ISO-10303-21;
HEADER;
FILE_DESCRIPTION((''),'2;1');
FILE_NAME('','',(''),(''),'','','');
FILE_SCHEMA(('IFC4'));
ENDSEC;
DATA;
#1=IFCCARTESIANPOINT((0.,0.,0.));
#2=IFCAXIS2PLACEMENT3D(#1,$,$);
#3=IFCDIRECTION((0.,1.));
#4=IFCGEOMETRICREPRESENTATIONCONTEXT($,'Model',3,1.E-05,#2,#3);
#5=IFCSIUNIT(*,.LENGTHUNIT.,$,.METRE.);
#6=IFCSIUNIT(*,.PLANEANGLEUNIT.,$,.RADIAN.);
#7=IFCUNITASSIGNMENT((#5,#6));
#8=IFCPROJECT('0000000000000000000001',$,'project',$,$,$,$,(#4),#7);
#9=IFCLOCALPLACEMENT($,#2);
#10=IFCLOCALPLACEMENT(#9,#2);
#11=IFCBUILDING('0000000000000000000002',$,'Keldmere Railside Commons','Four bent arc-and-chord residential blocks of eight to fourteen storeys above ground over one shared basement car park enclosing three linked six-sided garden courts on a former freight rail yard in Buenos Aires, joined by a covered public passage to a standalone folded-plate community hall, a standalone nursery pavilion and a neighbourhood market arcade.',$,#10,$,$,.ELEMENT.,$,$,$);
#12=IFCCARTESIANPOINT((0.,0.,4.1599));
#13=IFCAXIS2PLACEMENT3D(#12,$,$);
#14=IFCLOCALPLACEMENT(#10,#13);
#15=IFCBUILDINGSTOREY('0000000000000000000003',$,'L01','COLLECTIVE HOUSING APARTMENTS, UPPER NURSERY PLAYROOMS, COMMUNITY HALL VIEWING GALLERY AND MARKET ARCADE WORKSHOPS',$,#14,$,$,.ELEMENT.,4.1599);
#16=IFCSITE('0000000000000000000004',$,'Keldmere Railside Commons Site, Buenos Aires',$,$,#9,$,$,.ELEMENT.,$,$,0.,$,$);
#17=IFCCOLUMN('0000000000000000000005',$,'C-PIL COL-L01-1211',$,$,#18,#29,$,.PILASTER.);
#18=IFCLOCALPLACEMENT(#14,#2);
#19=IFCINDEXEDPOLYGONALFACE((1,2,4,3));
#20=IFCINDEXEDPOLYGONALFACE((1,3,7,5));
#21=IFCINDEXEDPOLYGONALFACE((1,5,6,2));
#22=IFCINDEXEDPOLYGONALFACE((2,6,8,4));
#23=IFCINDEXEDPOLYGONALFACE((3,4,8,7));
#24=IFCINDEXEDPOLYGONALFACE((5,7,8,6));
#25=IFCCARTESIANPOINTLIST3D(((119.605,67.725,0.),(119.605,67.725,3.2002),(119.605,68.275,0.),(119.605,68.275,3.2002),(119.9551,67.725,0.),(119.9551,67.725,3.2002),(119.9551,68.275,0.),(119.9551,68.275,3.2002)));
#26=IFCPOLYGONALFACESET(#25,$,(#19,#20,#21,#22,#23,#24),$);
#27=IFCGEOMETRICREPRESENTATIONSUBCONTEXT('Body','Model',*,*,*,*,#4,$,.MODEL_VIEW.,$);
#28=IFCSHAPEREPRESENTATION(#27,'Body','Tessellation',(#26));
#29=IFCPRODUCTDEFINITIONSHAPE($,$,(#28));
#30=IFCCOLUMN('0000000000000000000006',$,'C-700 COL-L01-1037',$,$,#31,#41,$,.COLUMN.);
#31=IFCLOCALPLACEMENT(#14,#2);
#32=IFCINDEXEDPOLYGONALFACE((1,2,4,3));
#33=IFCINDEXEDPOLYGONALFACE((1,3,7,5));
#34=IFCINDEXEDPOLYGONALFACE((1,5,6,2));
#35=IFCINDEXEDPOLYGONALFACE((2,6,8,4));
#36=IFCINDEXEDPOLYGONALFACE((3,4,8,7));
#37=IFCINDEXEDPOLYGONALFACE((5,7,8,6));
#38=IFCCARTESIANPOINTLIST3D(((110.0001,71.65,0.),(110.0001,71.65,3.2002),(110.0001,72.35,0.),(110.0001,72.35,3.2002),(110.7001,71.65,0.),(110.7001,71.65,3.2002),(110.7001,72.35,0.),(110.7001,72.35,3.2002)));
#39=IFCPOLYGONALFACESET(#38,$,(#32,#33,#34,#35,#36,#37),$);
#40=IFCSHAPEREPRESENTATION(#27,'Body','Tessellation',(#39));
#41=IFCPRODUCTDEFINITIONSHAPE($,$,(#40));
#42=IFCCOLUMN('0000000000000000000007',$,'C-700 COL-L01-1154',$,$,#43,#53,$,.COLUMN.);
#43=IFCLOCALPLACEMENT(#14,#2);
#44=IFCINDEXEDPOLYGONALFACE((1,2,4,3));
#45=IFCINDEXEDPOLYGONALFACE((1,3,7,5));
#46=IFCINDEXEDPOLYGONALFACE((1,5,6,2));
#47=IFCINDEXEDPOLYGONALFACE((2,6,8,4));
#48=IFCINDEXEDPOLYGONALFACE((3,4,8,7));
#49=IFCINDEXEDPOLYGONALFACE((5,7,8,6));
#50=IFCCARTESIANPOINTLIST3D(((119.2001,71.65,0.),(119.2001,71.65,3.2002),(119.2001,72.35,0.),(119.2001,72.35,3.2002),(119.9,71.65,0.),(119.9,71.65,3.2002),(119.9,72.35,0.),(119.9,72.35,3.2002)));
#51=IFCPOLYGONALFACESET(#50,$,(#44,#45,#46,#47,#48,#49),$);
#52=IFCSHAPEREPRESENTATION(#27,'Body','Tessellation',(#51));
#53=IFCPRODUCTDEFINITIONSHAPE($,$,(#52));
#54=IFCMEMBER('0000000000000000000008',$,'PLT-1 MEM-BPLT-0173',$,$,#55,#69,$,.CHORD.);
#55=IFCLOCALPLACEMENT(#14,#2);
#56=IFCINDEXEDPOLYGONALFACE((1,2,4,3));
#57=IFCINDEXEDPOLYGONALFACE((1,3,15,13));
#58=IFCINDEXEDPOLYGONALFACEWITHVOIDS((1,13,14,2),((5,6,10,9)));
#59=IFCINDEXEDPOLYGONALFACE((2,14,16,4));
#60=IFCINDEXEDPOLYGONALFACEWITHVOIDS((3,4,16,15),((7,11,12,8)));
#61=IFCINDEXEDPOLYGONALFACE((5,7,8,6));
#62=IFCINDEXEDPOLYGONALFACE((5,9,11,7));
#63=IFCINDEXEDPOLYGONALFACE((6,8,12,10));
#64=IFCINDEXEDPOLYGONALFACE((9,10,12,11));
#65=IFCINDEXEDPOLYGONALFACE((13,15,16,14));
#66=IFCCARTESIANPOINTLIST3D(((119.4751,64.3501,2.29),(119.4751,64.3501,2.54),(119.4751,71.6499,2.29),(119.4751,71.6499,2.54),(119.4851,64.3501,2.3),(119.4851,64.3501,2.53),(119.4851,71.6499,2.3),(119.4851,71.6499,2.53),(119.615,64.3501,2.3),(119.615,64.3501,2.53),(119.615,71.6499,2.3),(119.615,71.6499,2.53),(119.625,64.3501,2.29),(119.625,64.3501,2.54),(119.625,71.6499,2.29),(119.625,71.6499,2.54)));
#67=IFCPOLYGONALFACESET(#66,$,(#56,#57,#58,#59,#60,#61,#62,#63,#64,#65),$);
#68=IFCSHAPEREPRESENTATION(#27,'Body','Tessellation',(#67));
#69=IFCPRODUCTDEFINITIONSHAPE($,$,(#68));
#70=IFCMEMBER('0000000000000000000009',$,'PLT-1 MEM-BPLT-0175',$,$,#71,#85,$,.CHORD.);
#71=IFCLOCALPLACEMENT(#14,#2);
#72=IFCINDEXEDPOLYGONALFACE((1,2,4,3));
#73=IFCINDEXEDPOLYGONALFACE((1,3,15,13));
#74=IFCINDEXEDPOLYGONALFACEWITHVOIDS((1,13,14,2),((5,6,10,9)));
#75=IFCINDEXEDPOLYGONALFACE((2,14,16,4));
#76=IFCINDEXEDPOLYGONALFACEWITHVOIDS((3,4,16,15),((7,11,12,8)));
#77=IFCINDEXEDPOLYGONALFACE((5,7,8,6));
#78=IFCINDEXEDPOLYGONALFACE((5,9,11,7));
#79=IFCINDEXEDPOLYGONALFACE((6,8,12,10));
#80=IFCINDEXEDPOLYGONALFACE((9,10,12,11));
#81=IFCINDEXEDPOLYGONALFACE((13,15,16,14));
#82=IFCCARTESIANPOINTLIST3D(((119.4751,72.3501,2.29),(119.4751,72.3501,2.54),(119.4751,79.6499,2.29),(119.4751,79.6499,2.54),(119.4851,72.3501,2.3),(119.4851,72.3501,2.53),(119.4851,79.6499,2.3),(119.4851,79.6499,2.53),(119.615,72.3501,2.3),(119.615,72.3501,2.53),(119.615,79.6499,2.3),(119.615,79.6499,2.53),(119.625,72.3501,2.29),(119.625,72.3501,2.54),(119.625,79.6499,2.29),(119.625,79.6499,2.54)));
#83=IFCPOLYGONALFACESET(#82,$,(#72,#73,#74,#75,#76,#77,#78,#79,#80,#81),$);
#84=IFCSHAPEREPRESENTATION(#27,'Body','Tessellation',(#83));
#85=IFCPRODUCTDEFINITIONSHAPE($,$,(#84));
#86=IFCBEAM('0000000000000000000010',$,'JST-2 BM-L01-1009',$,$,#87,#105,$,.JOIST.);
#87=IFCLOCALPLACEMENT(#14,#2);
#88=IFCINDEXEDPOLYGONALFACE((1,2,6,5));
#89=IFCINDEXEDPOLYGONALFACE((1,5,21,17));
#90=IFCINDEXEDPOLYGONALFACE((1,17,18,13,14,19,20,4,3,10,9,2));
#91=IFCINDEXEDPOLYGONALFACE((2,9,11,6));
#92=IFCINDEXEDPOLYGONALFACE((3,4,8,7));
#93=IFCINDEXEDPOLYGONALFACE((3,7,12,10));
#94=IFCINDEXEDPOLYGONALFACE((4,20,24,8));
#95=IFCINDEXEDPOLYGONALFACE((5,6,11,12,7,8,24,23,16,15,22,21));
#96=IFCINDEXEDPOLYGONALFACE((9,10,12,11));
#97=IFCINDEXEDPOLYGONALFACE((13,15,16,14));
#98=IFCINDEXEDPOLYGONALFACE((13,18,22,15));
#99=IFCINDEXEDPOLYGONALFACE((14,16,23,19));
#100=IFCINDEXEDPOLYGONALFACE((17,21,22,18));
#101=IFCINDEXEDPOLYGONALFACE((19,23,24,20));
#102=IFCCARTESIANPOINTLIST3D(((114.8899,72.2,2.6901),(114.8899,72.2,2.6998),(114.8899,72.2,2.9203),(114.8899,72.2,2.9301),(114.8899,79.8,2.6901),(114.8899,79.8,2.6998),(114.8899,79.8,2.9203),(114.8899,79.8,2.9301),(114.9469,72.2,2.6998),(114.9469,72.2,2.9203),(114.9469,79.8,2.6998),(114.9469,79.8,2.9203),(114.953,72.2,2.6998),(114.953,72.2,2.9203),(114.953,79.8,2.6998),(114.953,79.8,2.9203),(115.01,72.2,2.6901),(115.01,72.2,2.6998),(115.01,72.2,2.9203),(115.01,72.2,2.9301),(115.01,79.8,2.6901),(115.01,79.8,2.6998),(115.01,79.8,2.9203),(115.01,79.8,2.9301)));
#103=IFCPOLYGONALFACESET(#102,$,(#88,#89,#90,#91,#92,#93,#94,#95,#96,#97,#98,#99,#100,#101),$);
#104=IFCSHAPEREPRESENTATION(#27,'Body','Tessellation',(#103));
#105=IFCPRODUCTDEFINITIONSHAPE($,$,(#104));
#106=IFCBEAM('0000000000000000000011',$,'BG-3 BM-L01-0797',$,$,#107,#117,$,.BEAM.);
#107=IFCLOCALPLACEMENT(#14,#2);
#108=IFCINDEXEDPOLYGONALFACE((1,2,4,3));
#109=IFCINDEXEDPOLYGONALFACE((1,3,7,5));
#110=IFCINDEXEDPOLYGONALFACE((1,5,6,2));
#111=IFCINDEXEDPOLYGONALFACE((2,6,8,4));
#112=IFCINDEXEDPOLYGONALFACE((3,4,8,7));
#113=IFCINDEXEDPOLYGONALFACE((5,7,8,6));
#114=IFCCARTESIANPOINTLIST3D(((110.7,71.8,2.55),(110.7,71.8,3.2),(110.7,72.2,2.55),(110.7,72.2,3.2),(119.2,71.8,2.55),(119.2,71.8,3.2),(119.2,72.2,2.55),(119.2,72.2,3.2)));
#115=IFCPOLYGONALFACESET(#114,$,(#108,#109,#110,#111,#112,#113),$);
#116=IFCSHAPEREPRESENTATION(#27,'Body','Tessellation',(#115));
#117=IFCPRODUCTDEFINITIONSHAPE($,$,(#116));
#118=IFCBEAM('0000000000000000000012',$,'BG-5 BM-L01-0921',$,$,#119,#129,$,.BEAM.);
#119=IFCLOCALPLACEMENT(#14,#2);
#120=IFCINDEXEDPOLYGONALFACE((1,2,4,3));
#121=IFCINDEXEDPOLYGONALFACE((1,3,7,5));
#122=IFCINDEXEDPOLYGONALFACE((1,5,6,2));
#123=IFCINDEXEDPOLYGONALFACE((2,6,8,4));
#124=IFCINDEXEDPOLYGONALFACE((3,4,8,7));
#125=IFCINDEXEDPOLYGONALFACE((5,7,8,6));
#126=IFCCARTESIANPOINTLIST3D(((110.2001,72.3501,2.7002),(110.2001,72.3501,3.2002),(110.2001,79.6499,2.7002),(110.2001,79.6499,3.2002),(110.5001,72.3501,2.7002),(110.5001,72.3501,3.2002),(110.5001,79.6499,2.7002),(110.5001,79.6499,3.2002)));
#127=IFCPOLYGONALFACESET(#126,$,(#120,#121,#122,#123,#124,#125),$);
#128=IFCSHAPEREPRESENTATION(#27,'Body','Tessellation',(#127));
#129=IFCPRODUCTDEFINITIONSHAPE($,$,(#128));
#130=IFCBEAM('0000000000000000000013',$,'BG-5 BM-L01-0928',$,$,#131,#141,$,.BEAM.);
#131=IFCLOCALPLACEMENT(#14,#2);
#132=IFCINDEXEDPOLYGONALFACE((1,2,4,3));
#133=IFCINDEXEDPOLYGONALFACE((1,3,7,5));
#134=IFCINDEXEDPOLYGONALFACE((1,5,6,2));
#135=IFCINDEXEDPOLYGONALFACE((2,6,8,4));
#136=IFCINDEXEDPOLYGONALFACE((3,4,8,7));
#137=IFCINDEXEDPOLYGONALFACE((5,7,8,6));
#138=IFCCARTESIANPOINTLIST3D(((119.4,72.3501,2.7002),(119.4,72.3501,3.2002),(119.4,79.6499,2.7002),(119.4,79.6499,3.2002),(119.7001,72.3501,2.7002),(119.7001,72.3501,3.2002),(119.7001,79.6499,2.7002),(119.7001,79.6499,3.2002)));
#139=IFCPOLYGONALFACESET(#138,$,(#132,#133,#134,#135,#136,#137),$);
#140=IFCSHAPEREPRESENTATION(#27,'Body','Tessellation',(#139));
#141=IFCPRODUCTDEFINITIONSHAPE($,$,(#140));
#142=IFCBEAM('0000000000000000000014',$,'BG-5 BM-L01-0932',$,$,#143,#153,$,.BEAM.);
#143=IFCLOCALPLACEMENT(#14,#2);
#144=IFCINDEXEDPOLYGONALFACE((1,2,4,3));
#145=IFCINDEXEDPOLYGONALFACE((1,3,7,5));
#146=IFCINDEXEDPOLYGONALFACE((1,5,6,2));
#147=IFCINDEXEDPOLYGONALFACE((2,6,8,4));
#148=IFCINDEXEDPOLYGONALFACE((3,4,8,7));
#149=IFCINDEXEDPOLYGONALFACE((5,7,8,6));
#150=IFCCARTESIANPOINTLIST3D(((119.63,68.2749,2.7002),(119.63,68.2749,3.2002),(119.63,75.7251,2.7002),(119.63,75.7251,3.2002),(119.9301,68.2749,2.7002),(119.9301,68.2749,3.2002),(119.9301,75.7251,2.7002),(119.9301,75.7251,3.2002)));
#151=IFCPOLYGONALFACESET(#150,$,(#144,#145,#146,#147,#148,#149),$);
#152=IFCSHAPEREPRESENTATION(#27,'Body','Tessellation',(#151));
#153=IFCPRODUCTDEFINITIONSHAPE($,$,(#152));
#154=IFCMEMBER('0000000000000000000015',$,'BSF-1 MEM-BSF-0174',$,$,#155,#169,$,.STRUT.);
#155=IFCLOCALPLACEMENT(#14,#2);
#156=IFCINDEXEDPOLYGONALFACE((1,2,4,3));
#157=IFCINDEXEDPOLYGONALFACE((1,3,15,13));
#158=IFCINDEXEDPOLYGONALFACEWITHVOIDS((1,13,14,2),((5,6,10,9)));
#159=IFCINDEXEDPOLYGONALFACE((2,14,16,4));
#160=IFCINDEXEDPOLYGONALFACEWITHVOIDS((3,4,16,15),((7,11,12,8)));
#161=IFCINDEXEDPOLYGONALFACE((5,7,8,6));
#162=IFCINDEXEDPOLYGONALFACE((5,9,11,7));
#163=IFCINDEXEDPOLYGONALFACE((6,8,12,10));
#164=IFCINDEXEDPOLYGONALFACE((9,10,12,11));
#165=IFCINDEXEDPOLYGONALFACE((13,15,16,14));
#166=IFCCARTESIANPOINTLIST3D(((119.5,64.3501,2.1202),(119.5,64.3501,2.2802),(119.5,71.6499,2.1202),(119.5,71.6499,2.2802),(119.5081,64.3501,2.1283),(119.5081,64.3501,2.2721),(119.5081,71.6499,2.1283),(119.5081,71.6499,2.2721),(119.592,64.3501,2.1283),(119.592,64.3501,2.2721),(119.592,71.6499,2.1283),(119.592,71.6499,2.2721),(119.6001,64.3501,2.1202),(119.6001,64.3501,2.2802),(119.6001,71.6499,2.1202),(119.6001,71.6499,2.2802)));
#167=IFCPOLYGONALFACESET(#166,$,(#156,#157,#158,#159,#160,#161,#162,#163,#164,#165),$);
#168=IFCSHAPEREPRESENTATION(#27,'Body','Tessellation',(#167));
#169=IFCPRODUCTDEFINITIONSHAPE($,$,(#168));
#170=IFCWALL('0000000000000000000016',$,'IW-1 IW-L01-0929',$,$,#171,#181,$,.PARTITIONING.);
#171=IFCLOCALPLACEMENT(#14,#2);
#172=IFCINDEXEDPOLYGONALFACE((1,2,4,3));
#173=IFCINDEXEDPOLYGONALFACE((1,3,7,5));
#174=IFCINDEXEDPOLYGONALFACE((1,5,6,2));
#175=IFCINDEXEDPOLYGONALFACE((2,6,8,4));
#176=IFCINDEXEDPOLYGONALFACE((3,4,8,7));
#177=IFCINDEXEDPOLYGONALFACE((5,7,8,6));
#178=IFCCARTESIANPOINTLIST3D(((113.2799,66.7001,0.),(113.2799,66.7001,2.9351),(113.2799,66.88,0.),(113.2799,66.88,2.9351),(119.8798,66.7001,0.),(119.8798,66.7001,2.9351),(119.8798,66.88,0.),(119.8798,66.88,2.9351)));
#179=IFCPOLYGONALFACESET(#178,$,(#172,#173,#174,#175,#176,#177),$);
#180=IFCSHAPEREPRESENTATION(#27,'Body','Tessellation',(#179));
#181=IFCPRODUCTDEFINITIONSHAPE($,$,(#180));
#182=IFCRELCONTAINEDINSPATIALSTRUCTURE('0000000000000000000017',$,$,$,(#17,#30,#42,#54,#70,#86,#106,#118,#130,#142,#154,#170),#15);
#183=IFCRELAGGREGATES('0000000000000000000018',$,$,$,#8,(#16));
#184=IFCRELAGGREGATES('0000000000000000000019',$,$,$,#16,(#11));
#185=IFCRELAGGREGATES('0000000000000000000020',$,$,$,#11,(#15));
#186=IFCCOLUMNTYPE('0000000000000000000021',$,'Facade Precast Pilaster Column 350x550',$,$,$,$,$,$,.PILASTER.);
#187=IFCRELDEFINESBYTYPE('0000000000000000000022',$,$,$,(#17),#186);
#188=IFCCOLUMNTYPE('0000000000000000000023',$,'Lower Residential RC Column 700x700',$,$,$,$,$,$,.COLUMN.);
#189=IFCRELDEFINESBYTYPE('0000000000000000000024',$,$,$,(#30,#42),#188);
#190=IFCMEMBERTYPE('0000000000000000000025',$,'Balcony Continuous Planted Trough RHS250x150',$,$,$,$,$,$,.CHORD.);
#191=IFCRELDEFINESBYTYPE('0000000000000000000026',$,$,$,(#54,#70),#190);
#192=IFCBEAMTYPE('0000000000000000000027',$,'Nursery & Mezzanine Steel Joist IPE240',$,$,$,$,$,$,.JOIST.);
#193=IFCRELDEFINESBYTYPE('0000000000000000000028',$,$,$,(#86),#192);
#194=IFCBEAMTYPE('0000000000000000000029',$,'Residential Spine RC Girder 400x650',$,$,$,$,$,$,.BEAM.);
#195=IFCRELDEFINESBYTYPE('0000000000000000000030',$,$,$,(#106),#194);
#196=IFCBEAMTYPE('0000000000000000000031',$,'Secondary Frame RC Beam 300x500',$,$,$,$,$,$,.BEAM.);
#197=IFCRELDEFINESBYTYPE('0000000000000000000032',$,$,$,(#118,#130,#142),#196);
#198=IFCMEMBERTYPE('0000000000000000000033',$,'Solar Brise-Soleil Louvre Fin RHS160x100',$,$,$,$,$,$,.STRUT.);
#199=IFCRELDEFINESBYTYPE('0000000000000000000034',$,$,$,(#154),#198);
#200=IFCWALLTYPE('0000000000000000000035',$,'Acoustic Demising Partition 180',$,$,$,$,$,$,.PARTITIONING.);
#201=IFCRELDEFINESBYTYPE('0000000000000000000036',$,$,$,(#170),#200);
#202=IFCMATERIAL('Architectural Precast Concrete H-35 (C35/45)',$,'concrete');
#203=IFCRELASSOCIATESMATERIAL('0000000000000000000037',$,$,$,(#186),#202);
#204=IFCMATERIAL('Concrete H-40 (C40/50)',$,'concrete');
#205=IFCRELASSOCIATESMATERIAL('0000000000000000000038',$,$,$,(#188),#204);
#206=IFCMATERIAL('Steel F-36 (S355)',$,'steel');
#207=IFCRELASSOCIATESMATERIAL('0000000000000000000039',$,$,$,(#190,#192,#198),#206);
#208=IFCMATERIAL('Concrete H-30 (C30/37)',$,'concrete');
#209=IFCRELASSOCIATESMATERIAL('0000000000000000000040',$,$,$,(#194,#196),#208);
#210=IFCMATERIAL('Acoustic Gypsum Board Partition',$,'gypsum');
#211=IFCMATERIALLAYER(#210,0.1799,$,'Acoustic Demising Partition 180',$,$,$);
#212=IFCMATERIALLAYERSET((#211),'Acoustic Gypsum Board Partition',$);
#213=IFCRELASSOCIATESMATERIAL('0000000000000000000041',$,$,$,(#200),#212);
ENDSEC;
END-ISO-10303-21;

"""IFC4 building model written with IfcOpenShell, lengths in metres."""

from ifc_helpers import new_model, si_unit, direction, frame, frame_2d, origin, origin_2d, place, context, subcontext, project, spatial, rectangle, hollow_rectangle, i_section, extrude, material, layer, layer_set, material_profile, profile_set, type_object, element, save


model = new_model("IFC4")

# Units and contexts
model_context = context("Model", 3, precision=1e-05, world=origin(), true_north=direction((0.0, 1.0)))
body_context = subcontext(model_context, "Body", "Model", "MODEL_VIEW")
ifc_project = project(units=[si_unit("LENGTHUNIT", "METRE"), si_unit("PLANEANGLEUNIT", "RADIAN")], contexts=[model_context])

# Site, building, storey
site_placement = place(None, origin())
site = spatial("IfcSite", under=ifc_project, at=site_placement, Name="Keldmere Railside Commons Site, Buenos Aires", CompositionType="ELEMENT", RefElevation=0.0)
building_placement = place(site_placement, origin())
building = spatial("IfcBuilding", under=site, at=building_placement, Name="Keldmere Railside Commons", Description="Four bent arc-and-chord residential blocks of eight to fourteen storeys above ground over one shared basement car park enclosing three linked six-sided garden courts on a former freight rail yard in Buenos Aires, joined by a covered public passage to a standalone folded-plate community hall, a standalone nursery pavilion and a neighbourhood market arcade.", CompositionType="ELEMENT")
storey_placement = place(building_placement, frame((0.0, 0.0, 4.1599)))
storey = spatial("IfcBuildingStorey", under=building, at=storey_placement, Name="L01", Description="COLLECTIVE HOUSING APARTMENTS, UPPER NURSERY PLAYROOMS, COMMUNITY HALL VIEWING GALLERY AND MARKET ARCADE WORKSHOPS", CompositionType="ELEMENT", Elevation=4.1599)

# Columns
ifc_material_1 = material(Name="Architectural Precast Concrete H-35 (C35/45)", Category="concrete")
ifc_material_profile_1 = material_profile(ifc_material_1, rectangle(XDim=0.3501, YDim=0.55, at=origin_2d()), Name="RC-350x550")
ifc_profile_set_1 = profile_set([ifc_material_profile_1], Name="Architectural Precast Concrete H-35 (C35/45)")
column_type_1 = type_object("IfcColumnType", Name="Facade Precast Pilaster Column 350x550", PredefinedType="PILASTER", material=ifc_profile_set_1)
column_placement = place(storey_placement, frame((119.78, 68.0, 0.0), z_axis=(0.0, 0.0, 1.0), x_axis=(1.0, 0.0, 0.0)))
element("IfcColumn", 1, at=column_placement, inside=storey, type_object=column_type_1, Name="C-PIL COL-L01-1211", PredefinedType="PILASTER", context=body_context, shape_type="SweptSolid", body=[
    extrude(rectangle(XDim=0.3501, YDim=0.55, at=origin_2d()), origin(), (0.0, 0.0, 1.0), 3.2002),
])
ifc_material_2 = material(Name="Concrete H-40 (C40/50)", Category="concrete")
ifc_material_profile_2 = material_profile(ifc_material_2, rectangle(XDim=0.7, YDim=0.7, at=origin_2d()), Name="RC-700x700")
ifc_profile_set_2 = profile_set([ifc_material_profile_2], Name="Concrete H-40 (C40/50)")
column_type_2 = type_object("IfcColumnType", Name="Lower Residential RC Column 700x700", PredefinedType="COLUMN", material=ifc_profile_set_2)
for number, where, z_axis, x_axis, name in (
    (2, (110.3501, 72.0, 0.0), (0.0, 0.0, 1.0), (1.0, 0.0, 0.0), "C-700 COL-L01-1037"),
    (3, (119.55, 72.0, 0.0), (0.0, 0.0, 1.0), (1.0, 0.0, 0.0), "C-700 COL-L01-1154"),
):
    element("IfcColumn", number, at=place(storey_placement, frame(where, z_axis=z_axis, x_axis=x_axis)), inside=storey, type_object=column_type_2, Name=name, PredefinedType="COLUMN", context=body_context, shape_type="SweptSolid", body=[
        extrude(rectangle(XDim=0.7, YDim=0.7, at=origin_2d()), origin(), (0.0, 0.0, 1.0), 3.2002),
    ])

# Members
ifc_material_3 = material(Name="Steel F-36 (S355)", Category="steel")
ifc_material_profile_3 = material_profile(ifc_material_3, hollow_rectangle(XDim=0.1499, YDim=0.25, WallThickness=0.01, at=origin_2d()), Name="RHS-250x150x10")
ifc_profile_set_3 = profile_set([ifc_material_profile_3], Name="Steel F-36 (S355)")
member_type_1 = type_object("IfcMemberType", Name="Balcony Continuous Planted Trough RHS250x150", PredefinedType="CHORD", material=ifc_profile_set_3)
for number, where, z_axis, x_axis, name in (
    (4, (119.55, 64.3501, 2.415), (0.0, 1.0, 0.0), (-1.0, 0.0, 0.0), "PLT-1 MEM-BPLT-0173"),
    (5, (119.55, 72.3501, 2.415), (0.0, 1.0, 0.0), (-1.0, 0.0, 0.0), "PLT-1 MEM-BPLT-0175"),
):
    element("IfcMember", number, at=place(storey_placement, frame(where, z_axis=z_axis, x_axis=x_axis)), inside=storey, type_object=member_type_1, Name=name, PredefinedType="CHORD", context=body_context, shape_type="SweptSolid", body=[
        extrude(hollow_rectangle(XDim=0.1499, YDim=0.25, WallThickness=0.01, at=origin_2d()), origin(), (0.0, 0.0, 1.0), 7.2998),
    ])

# Beams
ifc_material_profile_4 = material_profile(ifc_material_3, i_section(OverallWidth=0.1201, OverallDepth=0.24, WebThickness=0.0061, FlangeThickness=0.0098, at=origin_2d()), Name="IPE-240")
ifc_profile_set_4 = profile_set([ifc_material_profile_4], Name="Steel F-36 (S355)")
beam_type_1 = type_object("IfcBeamType", Name="Nursery & Mezzanine Steel Joist IPE240", PredefinedType="JOIST", material=ifc_profile_set_4)
beam_1_placement = place(storey_placement, frame((114.95, 72.2, 2.8101), z_axis=(0.0, 1.0, 0.0), x_axis=(-1.0, 0.0, 0.0)))
element("IfcBeam", 6, at=beam_1_placement, inside=storey, type_object=beam_type_1, Name="JST-2 BM-L01-1009", PredefinedType="JOIST", context=body_context, shape_type="SweptSolid", body=[
    extrude(i_section(OverallWidth=0.1201, OverallDepth=0.24, WebThickness=0.0061, FlangeThickness=0.0098, at=origin_2d()), origin(), (0.0, 0.0, 1.0), 7.6001),
])
ifc_material_4 = material(Name="Concrete H-30 (C30/37)", Category="concrete")
ifc_material_profile_5 = material_profile(ifc_material_4, rectangle(XDim=0.3999, YDim=0.6499, at=origin_2d()), Name="RC-400x650")
ifc_profile_set_5 = profile_set([ifc_material_profile_5], Name="Concrete H-30 (C30/37)")
beam_type_2 = type_object("IfcBeamType", Name="Residential Spine RC Girder 400x650", PredefinedType="BEAM", material=ifc_profile_set_5)
beam_2_placement = place(storey_placement, frame((110.7, 72.0, 2.875), z_axis=(1.0, 0.0, 0.0), x_axis=(0.0, 1.0, 0.0)))
element("IfcBeam", 7, at=beam_2_placement, inside=storey, type_object=beam_type_2, Name="BG-3 BM-L01-0797", PredefinedType="BEAM", context=body_context, shape_type="SweptSolid", body=[
    extrude(rectangle(XDim=0.3999, YDim=0.6499, at=origin_2d()), origin(), (0.0, 0.0, 1.0), 8.5),
])
ifc_material_profile_6 = material_profile(ifc_material_4, rectangle(XDim=0.3, YDim=0.5, at=origin_2d()), Name="RC-300x500")
ifc_profile_set_6 = profile_set([ifc_material_profile_6], Name="Concrete H-30 (C30/37)")
beam_type_3 = type_object("IfcBeamType", Name="Secondary Frame RC Beam 300x500", PredefinedType="BEAM", material=ifc_profile_set_6)
for number, where, z_axis, x_axis, name in (
    (8, (110.3501, 72.3501, 2.9502), (0.0, 1.0, 0.0), (-1.0, 0.0, 0.0), "BG-5 BM-L01-0921"),
    (9, (119.55, 72.3501, 2.9502), (0.0, 1.0, 0.0), (-1.0, 0.0, 0.0), "BG-5 BM-L01-0928"),
):
    element("IfcBeam", number, at=place(storey_placement, frame(where, z_axis=z_axis, x_axis=x_axis)), inside=storey, type_object=beam_type_3, Name=name, PredefinedType="BEAM", context=body_context, shape_type="SweptSolid", body=[
        extrude(rectangle(XDim=0.3, YDim=0.5, at=origin_2d()), origin(), (0.0, 0.0, 1.0), 7.2998),
    ])
beam_3_placement = place(storey_placement, frame((119.78, 68.2749, 2.9502), z_axis=(0.0, 1.0, 0.0), x_axis=(-1.0, 0.0, 0.0)))
element("IfcBeam", 10, at=beam_3_placement, inside=storey, type_object=beam_type_3, Name="BG-5 BM-L01-0932", PredefinedType="BEAM", context=body_context, shape_type="SweptSolid", body=[
    extrude(rectangle(XDim=0.3, YDim=0.5, at=origin_2d()), origin(), (0.0, 0.0, 1.0), 7.4502),
])

# Member
ifc_material_profile_7 = material_profile(ifc_material_3, hollow_rectangle(XDim=0.1001, YDim=0.1599, WallThickness=0.0081, at=origin_2d()), Name="RHS-160x100x8")
ifc_profile_set_7 = profile_set([ifc_material_profile_7], Name="Steel F-36 (S355)")
member_type_2 = type_object("IfcMemberType", Name="Solar Brise-Soleil Louvre Fin RHS160x100", PredefinedType="STRUT", material=ifc_profile_set_7)
member_placement = place(storey_placement, frame((119.55, 64.3501, 2.2002), z_axis=(0.0, 1.0, 0.0), x_axis=(-1.0, 0.0, 0.0)))
element("IfcMember", 11, at=member_placement, inside=storey, type_object=member_type_2, Name="BSF-1 MEM-BSF-0174", PredefinedType="STRUT", context=body_context, shape_type="SweptSolid", body=[
    extrude(hollow_rectangle(XDim=0.1001, YDim=0.1599, WallThickness=0.0081, at=origin_2d()), origin(), (0.0, 0.0, 1.0), 7.2998),
])

# Wall
ifc_material_5 = material(Name="Acoustic Gypsum Board Partition", Category="gypsum")
ifc_layer_1 = layer(ifc_material_5, 0.1799, Name="Acoustic Demising Partition 180")
ifc_layer_set_1 = layer_set([ifc_layer_1], Name="Acoustic Gypsum Board Partition")
wall_type_1 = type_object("IfcWallType", Name="Acoustic Demising Partition 180", PredefinedType="PARTITIONING", material=ifc_layer_set_1)
wall_1_placement = place(storey_placement, frame((113.28, 66.79, 0.0), z_axis=(0.0, 0.0, 1.0), x_axis=(1.0, 0.0, 0.0)))
element("IfcWall", 12, at=wall_1_placement, inside=storey, type_object=wall_type_1, Name="IW-1 IW-L01-0929", PredefinedType="PARTITIONING", context=body_context, shape_type="SweptSolid", body=[
    extrude(rectangle(XDim=6.5999, YDim=0.1799, at=frame_2d((3.2998, 0.0))), origin(), (0.0, 0.0, 1.0), 2.9351),
])

save(model, "model.ifc")
